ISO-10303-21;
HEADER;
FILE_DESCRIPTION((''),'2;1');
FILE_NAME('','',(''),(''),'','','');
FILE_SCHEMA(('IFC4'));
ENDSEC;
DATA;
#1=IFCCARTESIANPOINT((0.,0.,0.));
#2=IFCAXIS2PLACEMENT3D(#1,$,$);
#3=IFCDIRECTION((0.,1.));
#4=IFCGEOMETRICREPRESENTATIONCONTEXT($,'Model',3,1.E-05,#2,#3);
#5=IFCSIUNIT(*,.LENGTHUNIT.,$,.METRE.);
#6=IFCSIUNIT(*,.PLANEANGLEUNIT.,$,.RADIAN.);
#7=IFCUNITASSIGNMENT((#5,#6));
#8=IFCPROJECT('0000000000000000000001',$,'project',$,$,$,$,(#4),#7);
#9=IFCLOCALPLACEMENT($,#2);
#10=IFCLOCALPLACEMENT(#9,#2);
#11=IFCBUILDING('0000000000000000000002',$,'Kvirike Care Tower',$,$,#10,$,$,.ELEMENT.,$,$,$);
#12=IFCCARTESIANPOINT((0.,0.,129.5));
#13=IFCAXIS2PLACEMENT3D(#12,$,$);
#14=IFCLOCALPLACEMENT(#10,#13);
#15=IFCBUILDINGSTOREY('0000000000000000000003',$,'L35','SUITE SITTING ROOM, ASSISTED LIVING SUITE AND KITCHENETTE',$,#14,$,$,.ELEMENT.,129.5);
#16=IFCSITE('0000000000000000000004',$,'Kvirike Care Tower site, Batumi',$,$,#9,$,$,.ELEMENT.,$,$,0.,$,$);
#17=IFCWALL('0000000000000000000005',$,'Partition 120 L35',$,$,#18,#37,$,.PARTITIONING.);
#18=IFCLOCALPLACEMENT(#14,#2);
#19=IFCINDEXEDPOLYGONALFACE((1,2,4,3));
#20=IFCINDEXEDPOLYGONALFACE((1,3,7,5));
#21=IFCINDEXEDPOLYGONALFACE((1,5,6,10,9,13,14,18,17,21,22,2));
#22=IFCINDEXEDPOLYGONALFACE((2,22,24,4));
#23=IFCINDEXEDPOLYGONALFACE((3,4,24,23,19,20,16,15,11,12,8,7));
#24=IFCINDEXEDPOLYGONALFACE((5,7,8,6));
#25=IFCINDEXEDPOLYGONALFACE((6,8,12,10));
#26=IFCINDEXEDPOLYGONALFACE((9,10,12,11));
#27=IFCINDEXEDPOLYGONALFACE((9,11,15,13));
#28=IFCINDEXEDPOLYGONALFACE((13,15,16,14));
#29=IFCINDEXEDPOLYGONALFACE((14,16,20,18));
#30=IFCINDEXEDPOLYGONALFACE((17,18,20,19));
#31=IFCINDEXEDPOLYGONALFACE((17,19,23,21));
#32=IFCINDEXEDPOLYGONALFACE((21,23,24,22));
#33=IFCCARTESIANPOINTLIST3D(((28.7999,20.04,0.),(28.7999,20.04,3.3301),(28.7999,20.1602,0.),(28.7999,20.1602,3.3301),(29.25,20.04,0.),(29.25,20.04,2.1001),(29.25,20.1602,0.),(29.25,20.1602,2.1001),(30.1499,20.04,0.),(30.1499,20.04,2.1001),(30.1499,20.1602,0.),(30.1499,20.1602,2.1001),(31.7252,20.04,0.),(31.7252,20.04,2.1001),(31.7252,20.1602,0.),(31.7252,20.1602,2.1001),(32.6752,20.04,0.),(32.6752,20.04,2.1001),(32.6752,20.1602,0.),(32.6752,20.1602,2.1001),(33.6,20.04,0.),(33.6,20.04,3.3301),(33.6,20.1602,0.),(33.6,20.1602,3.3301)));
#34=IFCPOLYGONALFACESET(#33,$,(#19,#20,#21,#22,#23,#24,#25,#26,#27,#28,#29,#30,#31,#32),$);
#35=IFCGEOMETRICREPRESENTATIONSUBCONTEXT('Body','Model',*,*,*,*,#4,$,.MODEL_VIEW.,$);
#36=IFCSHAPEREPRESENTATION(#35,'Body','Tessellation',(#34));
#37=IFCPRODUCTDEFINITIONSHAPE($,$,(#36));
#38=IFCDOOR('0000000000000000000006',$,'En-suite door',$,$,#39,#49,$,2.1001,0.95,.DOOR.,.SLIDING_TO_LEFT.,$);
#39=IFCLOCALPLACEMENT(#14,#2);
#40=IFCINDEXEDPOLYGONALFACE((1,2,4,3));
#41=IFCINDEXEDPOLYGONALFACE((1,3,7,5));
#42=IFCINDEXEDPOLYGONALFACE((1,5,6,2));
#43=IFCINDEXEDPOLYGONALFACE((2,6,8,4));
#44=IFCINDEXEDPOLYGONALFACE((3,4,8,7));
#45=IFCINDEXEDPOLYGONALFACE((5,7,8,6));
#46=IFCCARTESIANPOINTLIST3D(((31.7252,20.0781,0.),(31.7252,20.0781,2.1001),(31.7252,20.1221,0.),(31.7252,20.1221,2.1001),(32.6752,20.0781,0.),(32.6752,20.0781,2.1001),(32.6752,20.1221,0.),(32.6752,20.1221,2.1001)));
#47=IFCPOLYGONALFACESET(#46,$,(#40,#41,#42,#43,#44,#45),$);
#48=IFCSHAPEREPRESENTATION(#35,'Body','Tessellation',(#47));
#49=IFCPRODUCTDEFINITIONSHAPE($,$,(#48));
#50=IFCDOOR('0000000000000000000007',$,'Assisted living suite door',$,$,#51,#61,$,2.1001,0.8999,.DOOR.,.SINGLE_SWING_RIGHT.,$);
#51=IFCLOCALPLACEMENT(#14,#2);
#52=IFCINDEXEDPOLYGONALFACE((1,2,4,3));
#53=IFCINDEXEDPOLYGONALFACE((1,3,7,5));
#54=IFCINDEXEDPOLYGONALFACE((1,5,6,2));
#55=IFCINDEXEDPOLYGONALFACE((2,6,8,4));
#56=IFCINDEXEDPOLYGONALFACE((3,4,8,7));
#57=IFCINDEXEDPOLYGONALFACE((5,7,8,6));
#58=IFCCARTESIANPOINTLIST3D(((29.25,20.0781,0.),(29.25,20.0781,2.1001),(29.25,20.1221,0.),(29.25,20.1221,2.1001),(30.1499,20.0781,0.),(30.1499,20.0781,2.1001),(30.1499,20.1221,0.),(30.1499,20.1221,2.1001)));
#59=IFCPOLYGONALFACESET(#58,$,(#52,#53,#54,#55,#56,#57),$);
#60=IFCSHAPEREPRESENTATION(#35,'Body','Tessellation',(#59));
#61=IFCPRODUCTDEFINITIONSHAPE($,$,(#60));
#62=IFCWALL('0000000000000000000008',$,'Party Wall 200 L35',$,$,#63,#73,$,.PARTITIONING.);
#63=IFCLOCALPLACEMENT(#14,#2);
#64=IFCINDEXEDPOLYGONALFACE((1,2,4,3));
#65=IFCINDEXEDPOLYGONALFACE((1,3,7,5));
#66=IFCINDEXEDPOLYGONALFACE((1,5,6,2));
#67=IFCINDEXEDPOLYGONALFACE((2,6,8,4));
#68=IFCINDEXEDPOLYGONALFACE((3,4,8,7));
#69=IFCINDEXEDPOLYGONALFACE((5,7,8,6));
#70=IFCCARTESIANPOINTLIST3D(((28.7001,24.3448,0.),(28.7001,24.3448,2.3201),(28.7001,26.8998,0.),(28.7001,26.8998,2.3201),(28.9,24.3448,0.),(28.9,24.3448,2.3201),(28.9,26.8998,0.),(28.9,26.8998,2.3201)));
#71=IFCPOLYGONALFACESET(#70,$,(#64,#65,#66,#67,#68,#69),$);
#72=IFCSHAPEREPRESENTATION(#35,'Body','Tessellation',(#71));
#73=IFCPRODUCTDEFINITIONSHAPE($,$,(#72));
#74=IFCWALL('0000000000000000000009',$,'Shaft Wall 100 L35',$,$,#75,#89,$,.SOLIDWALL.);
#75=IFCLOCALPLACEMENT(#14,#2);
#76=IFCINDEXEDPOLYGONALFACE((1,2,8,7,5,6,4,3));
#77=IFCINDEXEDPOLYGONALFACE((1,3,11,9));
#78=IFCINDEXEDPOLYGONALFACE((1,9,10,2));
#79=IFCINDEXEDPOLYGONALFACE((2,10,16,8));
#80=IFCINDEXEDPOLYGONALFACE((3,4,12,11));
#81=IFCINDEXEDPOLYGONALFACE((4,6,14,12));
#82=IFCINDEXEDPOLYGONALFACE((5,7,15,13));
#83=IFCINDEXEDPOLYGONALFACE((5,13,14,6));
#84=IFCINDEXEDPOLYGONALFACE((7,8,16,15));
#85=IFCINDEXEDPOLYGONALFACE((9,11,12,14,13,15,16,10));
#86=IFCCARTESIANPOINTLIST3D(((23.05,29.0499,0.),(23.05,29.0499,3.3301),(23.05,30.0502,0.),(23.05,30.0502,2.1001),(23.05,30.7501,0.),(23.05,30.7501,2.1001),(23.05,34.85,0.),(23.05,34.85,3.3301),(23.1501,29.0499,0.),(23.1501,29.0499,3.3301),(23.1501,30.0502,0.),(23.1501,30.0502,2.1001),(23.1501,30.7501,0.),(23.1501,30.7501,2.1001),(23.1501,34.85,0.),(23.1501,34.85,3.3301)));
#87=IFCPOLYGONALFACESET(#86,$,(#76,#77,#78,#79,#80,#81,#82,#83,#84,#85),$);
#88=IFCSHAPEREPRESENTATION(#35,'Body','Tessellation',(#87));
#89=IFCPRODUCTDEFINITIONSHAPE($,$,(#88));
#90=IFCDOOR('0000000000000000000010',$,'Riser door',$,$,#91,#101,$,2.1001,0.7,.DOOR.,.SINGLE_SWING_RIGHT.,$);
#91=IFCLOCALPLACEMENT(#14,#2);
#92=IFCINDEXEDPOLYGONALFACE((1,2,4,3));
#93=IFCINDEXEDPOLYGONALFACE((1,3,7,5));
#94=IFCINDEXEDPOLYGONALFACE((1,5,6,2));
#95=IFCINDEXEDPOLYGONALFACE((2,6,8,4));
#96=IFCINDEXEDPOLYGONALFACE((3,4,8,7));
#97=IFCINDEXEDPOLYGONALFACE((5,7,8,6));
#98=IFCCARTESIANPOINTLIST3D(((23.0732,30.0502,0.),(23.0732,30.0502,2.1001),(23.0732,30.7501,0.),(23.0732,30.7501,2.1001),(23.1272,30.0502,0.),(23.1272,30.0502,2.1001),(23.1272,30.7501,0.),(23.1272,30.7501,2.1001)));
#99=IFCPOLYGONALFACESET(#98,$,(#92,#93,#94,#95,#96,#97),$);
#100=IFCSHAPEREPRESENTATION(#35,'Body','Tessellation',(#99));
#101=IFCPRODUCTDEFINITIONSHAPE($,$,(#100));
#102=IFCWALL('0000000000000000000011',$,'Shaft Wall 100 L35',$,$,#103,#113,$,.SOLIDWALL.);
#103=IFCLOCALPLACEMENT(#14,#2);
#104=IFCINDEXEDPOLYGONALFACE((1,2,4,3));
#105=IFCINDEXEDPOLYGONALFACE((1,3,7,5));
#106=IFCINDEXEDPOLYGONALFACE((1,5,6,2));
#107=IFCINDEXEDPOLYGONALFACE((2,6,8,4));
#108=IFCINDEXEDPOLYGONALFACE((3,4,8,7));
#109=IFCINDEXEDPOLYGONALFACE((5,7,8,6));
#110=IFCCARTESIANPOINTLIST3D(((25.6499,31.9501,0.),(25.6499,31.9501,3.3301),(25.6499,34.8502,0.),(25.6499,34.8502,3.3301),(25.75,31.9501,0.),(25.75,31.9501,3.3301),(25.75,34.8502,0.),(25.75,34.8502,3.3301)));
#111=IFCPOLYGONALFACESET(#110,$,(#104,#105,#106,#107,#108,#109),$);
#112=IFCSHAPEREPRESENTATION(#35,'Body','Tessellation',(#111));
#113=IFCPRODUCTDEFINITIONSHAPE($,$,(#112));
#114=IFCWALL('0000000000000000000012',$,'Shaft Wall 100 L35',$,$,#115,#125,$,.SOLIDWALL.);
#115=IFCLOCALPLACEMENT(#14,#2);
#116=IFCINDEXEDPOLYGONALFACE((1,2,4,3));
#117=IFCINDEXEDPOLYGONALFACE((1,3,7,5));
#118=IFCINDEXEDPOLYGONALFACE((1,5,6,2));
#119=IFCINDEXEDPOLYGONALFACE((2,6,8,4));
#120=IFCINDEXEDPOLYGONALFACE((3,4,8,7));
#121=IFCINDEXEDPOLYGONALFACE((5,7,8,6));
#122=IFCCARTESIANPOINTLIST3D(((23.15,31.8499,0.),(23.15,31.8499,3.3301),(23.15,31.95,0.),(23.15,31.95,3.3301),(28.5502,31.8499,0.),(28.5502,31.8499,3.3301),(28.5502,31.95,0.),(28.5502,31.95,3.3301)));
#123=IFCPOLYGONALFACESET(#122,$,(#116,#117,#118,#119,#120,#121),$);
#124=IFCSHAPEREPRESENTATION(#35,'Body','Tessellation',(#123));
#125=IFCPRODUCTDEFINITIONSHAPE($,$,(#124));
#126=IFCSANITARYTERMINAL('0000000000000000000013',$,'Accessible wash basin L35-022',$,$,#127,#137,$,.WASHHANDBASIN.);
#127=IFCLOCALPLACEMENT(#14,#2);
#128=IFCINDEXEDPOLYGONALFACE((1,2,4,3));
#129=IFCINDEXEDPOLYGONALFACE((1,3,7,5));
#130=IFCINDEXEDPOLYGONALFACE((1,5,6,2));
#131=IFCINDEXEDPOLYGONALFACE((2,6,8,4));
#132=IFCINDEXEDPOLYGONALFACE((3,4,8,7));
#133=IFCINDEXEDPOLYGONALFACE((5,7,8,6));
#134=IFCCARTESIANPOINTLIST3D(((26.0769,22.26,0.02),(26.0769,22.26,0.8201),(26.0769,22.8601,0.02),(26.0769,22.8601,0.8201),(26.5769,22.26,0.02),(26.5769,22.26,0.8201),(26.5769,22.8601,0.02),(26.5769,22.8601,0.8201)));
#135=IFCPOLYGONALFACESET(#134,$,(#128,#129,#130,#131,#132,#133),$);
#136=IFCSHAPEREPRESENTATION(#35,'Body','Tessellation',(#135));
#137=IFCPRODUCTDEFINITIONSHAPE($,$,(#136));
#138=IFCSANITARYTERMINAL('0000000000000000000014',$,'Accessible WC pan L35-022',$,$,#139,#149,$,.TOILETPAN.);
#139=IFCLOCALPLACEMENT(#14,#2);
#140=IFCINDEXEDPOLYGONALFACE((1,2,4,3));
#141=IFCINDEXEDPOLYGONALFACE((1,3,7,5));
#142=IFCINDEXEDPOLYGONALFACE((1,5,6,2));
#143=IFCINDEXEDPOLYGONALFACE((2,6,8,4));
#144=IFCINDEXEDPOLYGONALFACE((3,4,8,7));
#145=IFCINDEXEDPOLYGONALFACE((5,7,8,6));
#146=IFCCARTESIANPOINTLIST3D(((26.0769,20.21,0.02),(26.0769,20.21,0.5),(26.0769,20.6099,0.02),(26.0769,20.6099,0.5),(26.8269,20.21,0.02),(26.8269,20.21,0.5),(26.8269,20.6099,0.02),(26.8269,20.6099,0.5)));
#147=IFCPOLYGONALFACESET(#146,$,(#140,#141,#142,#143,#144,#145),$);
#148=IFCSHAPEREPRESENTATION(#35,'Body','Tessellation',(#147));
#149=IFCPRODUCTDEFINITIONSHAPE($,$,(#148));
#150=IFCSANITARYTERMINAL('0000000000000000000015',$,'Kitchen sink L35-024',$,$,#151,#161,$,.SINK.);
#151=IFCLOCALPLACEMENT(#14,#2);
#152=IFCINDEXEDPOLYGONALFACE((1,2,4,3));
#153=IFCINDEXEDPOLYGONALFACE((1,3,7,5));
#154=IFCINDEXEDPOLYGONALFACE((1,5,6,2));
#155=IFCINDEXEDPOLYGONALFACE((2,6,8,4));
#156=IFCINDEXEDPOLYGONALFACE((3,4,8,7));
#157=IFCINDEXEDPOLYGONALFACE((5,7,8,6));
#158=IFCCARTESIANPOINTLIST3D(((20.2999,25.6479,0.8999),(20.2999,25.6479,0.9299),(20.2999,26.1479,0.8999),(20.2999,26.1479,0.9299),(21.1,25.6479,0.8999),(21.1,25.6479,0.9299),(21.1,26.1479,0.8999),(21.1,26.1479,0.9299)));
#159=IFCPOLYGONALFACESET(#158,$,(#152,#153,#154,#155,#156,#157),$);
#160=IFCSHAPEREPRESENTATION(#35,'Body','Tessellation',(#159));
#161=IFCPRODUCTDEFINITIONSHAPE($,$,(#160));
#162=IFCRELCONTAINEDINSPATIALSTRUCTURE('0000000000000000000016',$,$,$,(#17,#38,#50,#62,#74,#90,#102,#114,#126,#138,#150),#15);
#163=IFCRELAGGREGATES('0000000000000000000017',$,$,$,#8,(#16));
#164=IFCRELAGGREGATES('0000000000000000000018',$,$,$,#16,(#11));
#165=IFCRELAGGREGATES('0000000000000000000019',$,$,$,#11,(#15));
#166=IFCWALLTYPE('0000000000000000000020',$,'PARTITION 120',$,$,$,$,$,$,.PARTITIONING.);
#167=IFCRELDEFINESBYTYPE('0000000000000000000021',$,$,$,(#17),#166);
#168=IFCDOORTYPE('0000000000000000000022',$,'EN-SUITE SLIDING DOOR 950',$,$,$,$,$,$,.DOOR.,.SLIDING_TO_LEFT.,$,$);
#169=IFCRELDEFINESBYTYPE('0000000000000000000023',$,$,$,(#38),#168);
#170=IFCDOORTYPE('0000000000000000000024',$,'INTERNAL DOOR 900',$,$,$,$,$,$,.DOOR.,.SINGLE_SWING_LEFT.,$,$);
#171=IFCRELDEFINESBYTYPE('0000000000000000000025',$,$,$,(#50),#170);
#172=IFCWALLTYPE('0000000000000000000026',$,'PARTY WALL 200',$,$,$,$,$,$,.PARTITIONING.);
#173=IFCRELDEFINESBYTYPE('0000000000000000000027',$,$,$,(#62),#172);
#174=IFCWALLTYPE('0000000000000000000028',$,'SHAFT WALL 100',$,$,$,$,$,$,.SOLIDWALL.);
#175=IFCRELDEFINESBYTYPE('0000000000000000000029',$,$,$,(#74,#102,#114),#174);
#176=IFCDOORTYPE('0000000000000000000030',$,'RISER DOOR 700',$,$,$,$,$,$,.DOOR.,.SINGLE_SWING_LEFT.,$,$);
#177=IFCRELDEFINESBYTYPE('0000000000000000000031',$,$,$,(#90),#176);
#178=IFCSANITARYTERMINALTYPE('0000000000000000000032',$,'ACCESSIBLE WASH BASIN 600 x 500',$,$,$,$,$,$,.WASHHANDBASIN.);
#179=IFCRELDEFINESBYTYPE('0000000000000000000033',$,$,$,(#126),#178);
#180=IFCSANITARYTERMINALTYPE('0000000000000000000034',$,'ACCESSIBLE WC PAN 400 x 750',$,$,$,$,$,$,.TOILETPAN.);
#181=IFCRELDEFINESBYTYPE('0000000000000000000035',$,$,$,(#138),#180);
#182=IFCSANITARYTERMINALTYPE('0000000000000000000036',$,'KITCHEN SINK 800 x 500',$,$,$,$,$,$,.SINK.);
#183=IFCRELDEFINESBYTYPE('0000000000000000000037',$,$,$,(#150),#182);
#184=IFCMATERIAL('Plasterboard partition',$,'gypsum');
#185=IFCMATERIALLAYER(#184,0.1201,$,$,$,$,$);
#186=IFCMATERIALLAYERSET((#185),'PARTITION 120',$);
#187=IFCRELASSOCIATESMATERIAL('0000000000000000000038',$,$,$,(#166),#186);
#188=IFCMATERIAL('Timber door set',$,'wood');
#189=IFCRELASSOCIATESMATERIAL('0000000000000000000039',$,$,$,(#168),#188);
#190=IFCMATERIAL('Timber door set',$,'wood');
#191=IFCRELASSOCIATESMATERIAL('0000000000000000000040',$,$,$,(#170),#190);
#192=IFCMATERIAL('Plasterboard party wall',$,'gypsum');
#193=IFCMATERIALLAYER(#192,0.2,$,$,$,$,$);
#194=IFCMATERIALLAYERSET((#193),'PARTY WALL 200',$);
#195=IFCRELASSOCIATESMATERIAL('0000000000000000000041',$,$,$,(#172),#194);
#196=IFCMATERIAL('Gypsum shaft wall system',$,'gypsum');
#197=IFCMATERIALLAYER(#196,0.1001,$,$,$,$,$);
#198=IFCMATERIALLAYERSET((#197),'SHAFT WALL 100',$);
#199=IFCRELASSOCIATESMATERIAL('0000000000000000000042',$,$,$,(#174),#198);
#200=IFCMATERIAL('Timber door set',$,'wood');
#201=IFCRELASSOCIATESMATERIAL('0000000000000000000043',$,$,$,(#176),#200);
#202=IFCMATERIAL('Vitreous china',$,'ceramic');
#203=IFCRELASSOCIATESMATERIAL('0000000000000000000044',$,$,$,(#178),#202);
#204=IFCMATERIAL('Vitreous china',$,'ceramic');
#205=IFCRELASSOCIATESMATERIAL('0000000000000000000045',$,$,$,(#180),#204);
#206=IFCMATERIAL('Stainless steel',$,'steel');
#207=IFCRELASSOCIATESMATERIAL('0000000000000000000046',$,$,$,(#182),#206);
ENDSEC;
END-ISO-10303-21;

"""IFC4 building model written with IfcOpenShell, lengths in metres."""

from ifc_helpers import new_model, si_unit, direction, frame, frame_2d, origin, origin_2d, place, context, subcontext, project, spatial, rectangle, extrude, material, layer, layer_set, type_object, element, fill, save


model = new_model("IFC4")

# Units and contexts
model_context = context("Model", 3, precision=1e-05, world=origin(), true_north=direction((0.0, 1.0)))
body_context = subcontext(model_context, "Body", "Model", "MODEL_VIEW")
ifc_project = project(units=[si_unit("LENGTHUNIT", "METRE"), si_unit("PLANEANGLEUNIT", "RADIAN")], contexts=[model_context])

# Site, building, storey
site_placement = place(None, origin())
site = spatial("IfcSite", under=ifc_project, at=site_placement, Name="Kvirike Care Tower site, Batumi", CompositionType="ELEMENT", RefElevation=0.0)
building_placement = place(site_placement, origin())
building = spatial("IfcBuilding", under=site, at=building_placement, Name="Kvirike Care Tower", CompositionType="ELEMENT")
storey_placement = place(building_placement, frame((0.0, 0.0, 129.5)))
storey = spatial("IfcBuildingStorey", under=building, at=storey_placement, Name="L35", Description="SUITE SITTING ROOM, ASSISTED LIVING SUITE AND KITCHENETTE", CompositionType="ELEMENT", Elevation=129.5)

# Wall, openings, doors
ifc_material_1 = material(Name="Plasterboard partition", Category="gypsum")
ifc_layer_1 = layer(ifc_material_1, 0.1201)
ifc_layer_set_1 = layer_set([ifc_layer_1], Name="PARTITION 120")
wall_type_1 = type_object("IfcWallType", Name="PARTITION 120", PredefinedType="PARTITIONING", material=ifc_layer_set_1)
wall_1_placement = place(storey_placement, frame((28.8, 20.1001, 0.0), z_axis=(0.0, 0.0, 1.0), x_axis=(1.0, 0.0, 0.0)))
wall_1 = element("IfcWall", 1, at=wall_1_placement, inside=storey, type_object=wall_type_1, Name="Partition 120 L35", PredefinedType="PARTITIONING", context=body_context, shape_type="SweptSolid", body=[
    extrude(rectangle(XDim=4.8, YDim=0.1201, at=frame_2d((2.3999, 0.0))), origin(), (0.0, 0.0, 1.0), 3.3301),
])
opening_1_placement = place(wall_1_placement, frame((0.45, 0.0, 0.0)))
opening_1 = element("IfcOpeningElement", 2, at=opening_1_placement, cuts=wall_1, PredefinedType="OPENING", context=body_context, shape_type="SweptSolid", body=[
    extrude(rectangle(XDim=0.8999, YDim=2.1001, at=frame_2d((0.45, 1.05))), frame((0.0, 0.0706, 0.0), z_axis=(0.0, -1.0, 0.0), x_axis=(1.0, 0.0, 0.0)), (0.0, 0.0, 1.0), 0.1411),
])
opening_2_placement = place(wall_1_placement, frame((2.925, 0.0, 0.0)))
opening_2 = element("IfcOpeningElement", 3, at=opening_2_placement, cuts=wall_1, PredefinedType="OPENING", context=body_context, shape_type="SweptSolid", body=[
    extrude(rectangle(XDim=0.95, YDim=2.1001, at=frame_2d((0.4751, 1.05))), frame((0.0, 0.0706, 0.0), z_axis=(0.0, -1.0, 0.0), x_axis=(1.0, 0.0, 0.0)), (0.0, 0.0, 1.0), 0.1411),
])
ifc_material_2 = material(Name="Timber door set", Category="wood")
door_type_1 = type_object("IfcDoorType", Name="EN-SUITE SLIDING DOOR 950", OperationType="SLIDING_TO_LEFT", PredefinedType="DOOR", material=ifc_material_2)
door_1_placement = place(opening_2_placement, origin())
door_1 = element("IfcDoor", 4, at=door_1_placement, inside=storey, type_object=door_type_1, Name="En-suite door", OperationType="SLIDING_TO_LEFT", OverallHeight=2.1001, OverallWidth=0.95, PredefinedType="DOOR", context=body_context, shape_type="SweptSolid", body=[
    extrude(rectangle(XDim=0.95, YDim=2.1001, at=frame_2d((0.4751, 1.05))), frame((0.0, 0.022, 0.0), z_axis=(0.0, -1.0, 0.0), x_axis=(1.0, 0.0, 0.0)), (0.0, 0.0, 1.0), 0.0439),
])
fill(opening_2, door_1)
ifc_material_3 = material(Name="Timber door set", Category="wood")
door_type_2 = type_object("IfcDoorType", Name="INTERNAL DOOR 900", OperationType="SINGLE_SWING_LEFT", PredefinedType="DOOR", material=ifc_material_3)
door_2_placement = place(opening_1_placement, origin())
door_2 = element("IfcDoor", 5, at=door_2_placement, inside=storey, type_object=door_type_2, Name="Assisted living suite door", OperationType="SINGLE_SWING_RIGHT", OverallHeight=2.1001, OverallWidth=0.8999, PredefinedType="DOOR", context=body_context, shape_type="SweptSolid", body=[
    extrude(rectangle(XDim=0.8999, YDim=2.1001, at=frame_2d((0.45, 1.05))), frame((0.0, 0.022, 0.0), z_axis=(0.0, -1.0, 0.0), x_axis=(1.0, 0.0, 0.0)), (0.0, 0.0, 1.0), 0.0439),
])
fill(opening_1, door_2)

# Wall
ifc_material_4 = material(Name="Plasterboard party wall", Category="gypsum")
ifc_layer_2 = layer(ifc_material_4, 0.2)
ifc_layer_set_2 = layer_set([ifc_layer_2], Name="PARTY WALL 200")
wall_type_2 = type_object("IfcWallType", Name="PARTY WALL 200", PredefinedType="PARTITIONING", material=ifc_layer_set_2)
wall_2_placement = place(storey_placement, frame((28.8, 24.345, 0.0), z_axis=(0.0, 0.0, 1.0), x_axis=(0.0, 1.0, 0.0)))
element("IfcWall", 6, at=wall_2_placement, inside=storey, type_object=wall_type_2, Name="Party Wall 200 L35", PredefinedType="PARTITIONING", context=body_context, shape_type="SweptSolid", body=[
    extrude(rectangle(XDim=2.5549, YDim=0.2, at=frame_2d((1.2773, 0.0))), origin(), (0.0, 0.0, 1.0), 2.3201),
])

# Wall, opening, door
ifc_material_5 = material(Name="Gypsum shaft wall system", Category="gypsum")
ifc_layer_3 = layer(ifc_material_5, 0.1001)
ifc_layer_set_3 = layer_set([ifc_layer_3], Name="SHAFT WALL 100")
wall_type_3 = type_object("IfcWallType", Name="SHAFT WALL 100", PredefinedType="SOLIDWALL", material=ifc_layer_set_3)
wall_3_placement = place(storey_placement, frame((23.1001, 29.05, 0.0), z_axis=(0.0, 0.0, 1.0), x_axis=(0.0, 1.0, 0.0)))
wall_3 = element("IfcWall", 7, at=wall_3_placement, inside=storey, type_object=wall_type_3, Name="Shaft Wall 100 L35", PredefinedType="SOLIDWALL", context=body_context, shape_type="SweptSolid", body=[
    extrude(rectangle(XDim=5.8, YDim=0.1001, at=frame_2d((2.8999, 0.0))), origin(), (0.0, 0.0, 1.0), 3.3301),
])
opening_3_placement = place(wall_3_placement, frame((1.0, 0.0, 0.0)))
opening_3 = element("IfcOpeningElement", 8, at=opening_3_placement, cuts=wall_3, PredefinedType="OPENING", context=body_context, shape_type="SweptSolid", body=[
    extrude(rectangle(XDim=0.7, YDim=2.1001, at=frame_2d((0.3501, 1.05))), frame((0.0, 0.0605, 0.0), z_axis=(0.0, -1.0, 0.0), x_axis=(1.0, 0.0, 0.0)), (0.0, 0.0, 1.0), 0.1211),
])
ifc_material_6 = material(Name="Timber door set", Category="wood")
door_type_3 = type_object("IfcDoorType", Name="RISER DOOR 700", OperationType="SINGLE_SWING_LEFT", PredefinedType="DOOR", material=ifc_material_6)
door_3_placement = place(opening_3_placement, origin())
door_3 = element("IfcDoor", 9, at=door_3_placement, inside=storey, type_object=door_type_3, Name="Riser door", OperationType="SINGLE_SWING_RIGHT", OverallHeight=2.1001, OverallWidth=0.7, PredefinedType="DOOR", context=body_context, shape_type="SweptSolid", body=[
    extrude(rectangle(XDim=0.7, YDim=2.1001, at=frame_2d((0.3501, 1.05))), frame((0.0, 0.0269, 0.0), z_axis=(0.0, -1.0, 0.0), x_axis=(1.0, 0.0, 0.0)), (0.0, 0.0, 1.0), 0.054),
])
fill(opening_3, door_3)

# Walls
wall_4_placement = place(storey_placement, frame((25.7, 31.95, 0.0), z_axis=(0.0, 0.0, 1.0), x_axis=(0.0, 1.0, 0.0)))
element("IfcWall", 10, at=wall_4_placement, inside=storey, type_object=wall_type_3, Name="Shaft Wall 100 L35", PredefinedType="SOLIDWALL", context=body_context, shape_type="SweptSolid", body=[
    extrude(rectangle(XDim=2.9001, YDim=0.1001, at=frame_2d((1.4502, 0.0))), origin(), (0.0, 0.0, 1.0), 3.3301),
])
wall_5_placement = place(storey_placement, frame((23.1499, 31.8999, 0.0), z_axis=(0.0, 0.0, 1.0), x_axis=(1.0, 0.0, 0.0)))
element("IfcWall", 11, at=wall_5_placement, inside=storey, type_object=wall_type_3, Name="Shaft Wall 100 L35", PredefinedType="SOLIDWALL", context=body_context, shape_type="SweptSolid", body=[
    extrude(rectangle(XDim=5.4001, YDim=0.1001, at=frame_2d((2.7002, 0.0))), origin(), (0.0, 0.0, 1.0), 3.3301),
])

# Sanitary terminals
ifc_material_7 = material(Name="Vitreous china", Category="ceramic")
sanitary_terminal_type_1 = type_object("IfcSanitaryTerminalType", Name="ACCESSIBLE WASH BASIN 600 x 500", PredefinedType="WASHHANDBASIN", material=ifc_material_7)
sanitary_terminal_1_placement = place(storey_placement, frame((26.3269, 22.5601, 0.02), z_axis=(0.0, 0.0, 1.0), x_axis=(0.0, 1.0, 0.0)))
element("IfcSanitaryTerminal", 12, at=sanitary_terminal_1_placement, inside=storey, type_object=sanitary_terminal_type_1, Name="Accessible wash basin L35-022", PredefinedType="WASHHANDBASIN", context=body_context, shape_type="SweptSolid", body=[
    extrude(rectangle(XDim=0.6001, YDim=0.5, at=origin_2d()), origin(), (0.0, 0.0, 1.0), 0.8),
])
ifc_material_8 = material(Name="Vitreous china", Category="ceramic")
sanitary_terminal_type_2 = type_object("IfcSanitaryTerminalType", Name="ACCESSIBLE WC PAN 400 x 750", PredefinedType="TOILETPAN", material=ifc_material_8)
sanitary_terminal_2_placement = place(storey_placement, frame((26.4519, 20.4099, 0.02), z_axis=(0.0, 0.0, 1.0), x_axis=(0.0, 1.0, 0.0)))
element("IfcSanitaryTerminal", 13, at=sanitary_terminal_2_placement, inside=storey, type_object=sanitary_terminal_type_2, Name="Accessible WC pan L35-022", PredefinedType="TOILETPAN", context=body_context, shape_type="SweptSolid", body=[
    extrude(rectangle(XDim=0.3999, YDim=0.75, at=origin_2d()), origin(), (0.0, 0.0, 1.0), 0.48),
])
ifc_material_9 = material(Name="Stainless steel", Category="steel")
sanitary_terminal_type_3 = type_object("IfcSanitaryTerminalType", Name="KITCHEN SINK 800 x 500", PredefinedType="SINK", material=ifc_material_9)
sanitary_terminal_3_placement = place(storey_placement, frame((20.7, 25.8979, 0.8999), z_axis=(0.0, 0.0, 1.0), x_axis=(1.0, 0.0, 0.0)))
element("IfcSanitaryTerminal", 14, at=sanitary_terminal_3_placement, inside=storey, type_object=sanitary_terminal_type_3, Name="Kitchen sink L35-024", PredefinedType="SINK", context=body_context, shape_type="SweptSolid", body=[
    extrude(rectangle(XDim=0.8, YDim=0.5, at=origin_2d()), origin(), (0.0, 0.0, 1.0), 0.03),
])

save(model, "model.ifc")
